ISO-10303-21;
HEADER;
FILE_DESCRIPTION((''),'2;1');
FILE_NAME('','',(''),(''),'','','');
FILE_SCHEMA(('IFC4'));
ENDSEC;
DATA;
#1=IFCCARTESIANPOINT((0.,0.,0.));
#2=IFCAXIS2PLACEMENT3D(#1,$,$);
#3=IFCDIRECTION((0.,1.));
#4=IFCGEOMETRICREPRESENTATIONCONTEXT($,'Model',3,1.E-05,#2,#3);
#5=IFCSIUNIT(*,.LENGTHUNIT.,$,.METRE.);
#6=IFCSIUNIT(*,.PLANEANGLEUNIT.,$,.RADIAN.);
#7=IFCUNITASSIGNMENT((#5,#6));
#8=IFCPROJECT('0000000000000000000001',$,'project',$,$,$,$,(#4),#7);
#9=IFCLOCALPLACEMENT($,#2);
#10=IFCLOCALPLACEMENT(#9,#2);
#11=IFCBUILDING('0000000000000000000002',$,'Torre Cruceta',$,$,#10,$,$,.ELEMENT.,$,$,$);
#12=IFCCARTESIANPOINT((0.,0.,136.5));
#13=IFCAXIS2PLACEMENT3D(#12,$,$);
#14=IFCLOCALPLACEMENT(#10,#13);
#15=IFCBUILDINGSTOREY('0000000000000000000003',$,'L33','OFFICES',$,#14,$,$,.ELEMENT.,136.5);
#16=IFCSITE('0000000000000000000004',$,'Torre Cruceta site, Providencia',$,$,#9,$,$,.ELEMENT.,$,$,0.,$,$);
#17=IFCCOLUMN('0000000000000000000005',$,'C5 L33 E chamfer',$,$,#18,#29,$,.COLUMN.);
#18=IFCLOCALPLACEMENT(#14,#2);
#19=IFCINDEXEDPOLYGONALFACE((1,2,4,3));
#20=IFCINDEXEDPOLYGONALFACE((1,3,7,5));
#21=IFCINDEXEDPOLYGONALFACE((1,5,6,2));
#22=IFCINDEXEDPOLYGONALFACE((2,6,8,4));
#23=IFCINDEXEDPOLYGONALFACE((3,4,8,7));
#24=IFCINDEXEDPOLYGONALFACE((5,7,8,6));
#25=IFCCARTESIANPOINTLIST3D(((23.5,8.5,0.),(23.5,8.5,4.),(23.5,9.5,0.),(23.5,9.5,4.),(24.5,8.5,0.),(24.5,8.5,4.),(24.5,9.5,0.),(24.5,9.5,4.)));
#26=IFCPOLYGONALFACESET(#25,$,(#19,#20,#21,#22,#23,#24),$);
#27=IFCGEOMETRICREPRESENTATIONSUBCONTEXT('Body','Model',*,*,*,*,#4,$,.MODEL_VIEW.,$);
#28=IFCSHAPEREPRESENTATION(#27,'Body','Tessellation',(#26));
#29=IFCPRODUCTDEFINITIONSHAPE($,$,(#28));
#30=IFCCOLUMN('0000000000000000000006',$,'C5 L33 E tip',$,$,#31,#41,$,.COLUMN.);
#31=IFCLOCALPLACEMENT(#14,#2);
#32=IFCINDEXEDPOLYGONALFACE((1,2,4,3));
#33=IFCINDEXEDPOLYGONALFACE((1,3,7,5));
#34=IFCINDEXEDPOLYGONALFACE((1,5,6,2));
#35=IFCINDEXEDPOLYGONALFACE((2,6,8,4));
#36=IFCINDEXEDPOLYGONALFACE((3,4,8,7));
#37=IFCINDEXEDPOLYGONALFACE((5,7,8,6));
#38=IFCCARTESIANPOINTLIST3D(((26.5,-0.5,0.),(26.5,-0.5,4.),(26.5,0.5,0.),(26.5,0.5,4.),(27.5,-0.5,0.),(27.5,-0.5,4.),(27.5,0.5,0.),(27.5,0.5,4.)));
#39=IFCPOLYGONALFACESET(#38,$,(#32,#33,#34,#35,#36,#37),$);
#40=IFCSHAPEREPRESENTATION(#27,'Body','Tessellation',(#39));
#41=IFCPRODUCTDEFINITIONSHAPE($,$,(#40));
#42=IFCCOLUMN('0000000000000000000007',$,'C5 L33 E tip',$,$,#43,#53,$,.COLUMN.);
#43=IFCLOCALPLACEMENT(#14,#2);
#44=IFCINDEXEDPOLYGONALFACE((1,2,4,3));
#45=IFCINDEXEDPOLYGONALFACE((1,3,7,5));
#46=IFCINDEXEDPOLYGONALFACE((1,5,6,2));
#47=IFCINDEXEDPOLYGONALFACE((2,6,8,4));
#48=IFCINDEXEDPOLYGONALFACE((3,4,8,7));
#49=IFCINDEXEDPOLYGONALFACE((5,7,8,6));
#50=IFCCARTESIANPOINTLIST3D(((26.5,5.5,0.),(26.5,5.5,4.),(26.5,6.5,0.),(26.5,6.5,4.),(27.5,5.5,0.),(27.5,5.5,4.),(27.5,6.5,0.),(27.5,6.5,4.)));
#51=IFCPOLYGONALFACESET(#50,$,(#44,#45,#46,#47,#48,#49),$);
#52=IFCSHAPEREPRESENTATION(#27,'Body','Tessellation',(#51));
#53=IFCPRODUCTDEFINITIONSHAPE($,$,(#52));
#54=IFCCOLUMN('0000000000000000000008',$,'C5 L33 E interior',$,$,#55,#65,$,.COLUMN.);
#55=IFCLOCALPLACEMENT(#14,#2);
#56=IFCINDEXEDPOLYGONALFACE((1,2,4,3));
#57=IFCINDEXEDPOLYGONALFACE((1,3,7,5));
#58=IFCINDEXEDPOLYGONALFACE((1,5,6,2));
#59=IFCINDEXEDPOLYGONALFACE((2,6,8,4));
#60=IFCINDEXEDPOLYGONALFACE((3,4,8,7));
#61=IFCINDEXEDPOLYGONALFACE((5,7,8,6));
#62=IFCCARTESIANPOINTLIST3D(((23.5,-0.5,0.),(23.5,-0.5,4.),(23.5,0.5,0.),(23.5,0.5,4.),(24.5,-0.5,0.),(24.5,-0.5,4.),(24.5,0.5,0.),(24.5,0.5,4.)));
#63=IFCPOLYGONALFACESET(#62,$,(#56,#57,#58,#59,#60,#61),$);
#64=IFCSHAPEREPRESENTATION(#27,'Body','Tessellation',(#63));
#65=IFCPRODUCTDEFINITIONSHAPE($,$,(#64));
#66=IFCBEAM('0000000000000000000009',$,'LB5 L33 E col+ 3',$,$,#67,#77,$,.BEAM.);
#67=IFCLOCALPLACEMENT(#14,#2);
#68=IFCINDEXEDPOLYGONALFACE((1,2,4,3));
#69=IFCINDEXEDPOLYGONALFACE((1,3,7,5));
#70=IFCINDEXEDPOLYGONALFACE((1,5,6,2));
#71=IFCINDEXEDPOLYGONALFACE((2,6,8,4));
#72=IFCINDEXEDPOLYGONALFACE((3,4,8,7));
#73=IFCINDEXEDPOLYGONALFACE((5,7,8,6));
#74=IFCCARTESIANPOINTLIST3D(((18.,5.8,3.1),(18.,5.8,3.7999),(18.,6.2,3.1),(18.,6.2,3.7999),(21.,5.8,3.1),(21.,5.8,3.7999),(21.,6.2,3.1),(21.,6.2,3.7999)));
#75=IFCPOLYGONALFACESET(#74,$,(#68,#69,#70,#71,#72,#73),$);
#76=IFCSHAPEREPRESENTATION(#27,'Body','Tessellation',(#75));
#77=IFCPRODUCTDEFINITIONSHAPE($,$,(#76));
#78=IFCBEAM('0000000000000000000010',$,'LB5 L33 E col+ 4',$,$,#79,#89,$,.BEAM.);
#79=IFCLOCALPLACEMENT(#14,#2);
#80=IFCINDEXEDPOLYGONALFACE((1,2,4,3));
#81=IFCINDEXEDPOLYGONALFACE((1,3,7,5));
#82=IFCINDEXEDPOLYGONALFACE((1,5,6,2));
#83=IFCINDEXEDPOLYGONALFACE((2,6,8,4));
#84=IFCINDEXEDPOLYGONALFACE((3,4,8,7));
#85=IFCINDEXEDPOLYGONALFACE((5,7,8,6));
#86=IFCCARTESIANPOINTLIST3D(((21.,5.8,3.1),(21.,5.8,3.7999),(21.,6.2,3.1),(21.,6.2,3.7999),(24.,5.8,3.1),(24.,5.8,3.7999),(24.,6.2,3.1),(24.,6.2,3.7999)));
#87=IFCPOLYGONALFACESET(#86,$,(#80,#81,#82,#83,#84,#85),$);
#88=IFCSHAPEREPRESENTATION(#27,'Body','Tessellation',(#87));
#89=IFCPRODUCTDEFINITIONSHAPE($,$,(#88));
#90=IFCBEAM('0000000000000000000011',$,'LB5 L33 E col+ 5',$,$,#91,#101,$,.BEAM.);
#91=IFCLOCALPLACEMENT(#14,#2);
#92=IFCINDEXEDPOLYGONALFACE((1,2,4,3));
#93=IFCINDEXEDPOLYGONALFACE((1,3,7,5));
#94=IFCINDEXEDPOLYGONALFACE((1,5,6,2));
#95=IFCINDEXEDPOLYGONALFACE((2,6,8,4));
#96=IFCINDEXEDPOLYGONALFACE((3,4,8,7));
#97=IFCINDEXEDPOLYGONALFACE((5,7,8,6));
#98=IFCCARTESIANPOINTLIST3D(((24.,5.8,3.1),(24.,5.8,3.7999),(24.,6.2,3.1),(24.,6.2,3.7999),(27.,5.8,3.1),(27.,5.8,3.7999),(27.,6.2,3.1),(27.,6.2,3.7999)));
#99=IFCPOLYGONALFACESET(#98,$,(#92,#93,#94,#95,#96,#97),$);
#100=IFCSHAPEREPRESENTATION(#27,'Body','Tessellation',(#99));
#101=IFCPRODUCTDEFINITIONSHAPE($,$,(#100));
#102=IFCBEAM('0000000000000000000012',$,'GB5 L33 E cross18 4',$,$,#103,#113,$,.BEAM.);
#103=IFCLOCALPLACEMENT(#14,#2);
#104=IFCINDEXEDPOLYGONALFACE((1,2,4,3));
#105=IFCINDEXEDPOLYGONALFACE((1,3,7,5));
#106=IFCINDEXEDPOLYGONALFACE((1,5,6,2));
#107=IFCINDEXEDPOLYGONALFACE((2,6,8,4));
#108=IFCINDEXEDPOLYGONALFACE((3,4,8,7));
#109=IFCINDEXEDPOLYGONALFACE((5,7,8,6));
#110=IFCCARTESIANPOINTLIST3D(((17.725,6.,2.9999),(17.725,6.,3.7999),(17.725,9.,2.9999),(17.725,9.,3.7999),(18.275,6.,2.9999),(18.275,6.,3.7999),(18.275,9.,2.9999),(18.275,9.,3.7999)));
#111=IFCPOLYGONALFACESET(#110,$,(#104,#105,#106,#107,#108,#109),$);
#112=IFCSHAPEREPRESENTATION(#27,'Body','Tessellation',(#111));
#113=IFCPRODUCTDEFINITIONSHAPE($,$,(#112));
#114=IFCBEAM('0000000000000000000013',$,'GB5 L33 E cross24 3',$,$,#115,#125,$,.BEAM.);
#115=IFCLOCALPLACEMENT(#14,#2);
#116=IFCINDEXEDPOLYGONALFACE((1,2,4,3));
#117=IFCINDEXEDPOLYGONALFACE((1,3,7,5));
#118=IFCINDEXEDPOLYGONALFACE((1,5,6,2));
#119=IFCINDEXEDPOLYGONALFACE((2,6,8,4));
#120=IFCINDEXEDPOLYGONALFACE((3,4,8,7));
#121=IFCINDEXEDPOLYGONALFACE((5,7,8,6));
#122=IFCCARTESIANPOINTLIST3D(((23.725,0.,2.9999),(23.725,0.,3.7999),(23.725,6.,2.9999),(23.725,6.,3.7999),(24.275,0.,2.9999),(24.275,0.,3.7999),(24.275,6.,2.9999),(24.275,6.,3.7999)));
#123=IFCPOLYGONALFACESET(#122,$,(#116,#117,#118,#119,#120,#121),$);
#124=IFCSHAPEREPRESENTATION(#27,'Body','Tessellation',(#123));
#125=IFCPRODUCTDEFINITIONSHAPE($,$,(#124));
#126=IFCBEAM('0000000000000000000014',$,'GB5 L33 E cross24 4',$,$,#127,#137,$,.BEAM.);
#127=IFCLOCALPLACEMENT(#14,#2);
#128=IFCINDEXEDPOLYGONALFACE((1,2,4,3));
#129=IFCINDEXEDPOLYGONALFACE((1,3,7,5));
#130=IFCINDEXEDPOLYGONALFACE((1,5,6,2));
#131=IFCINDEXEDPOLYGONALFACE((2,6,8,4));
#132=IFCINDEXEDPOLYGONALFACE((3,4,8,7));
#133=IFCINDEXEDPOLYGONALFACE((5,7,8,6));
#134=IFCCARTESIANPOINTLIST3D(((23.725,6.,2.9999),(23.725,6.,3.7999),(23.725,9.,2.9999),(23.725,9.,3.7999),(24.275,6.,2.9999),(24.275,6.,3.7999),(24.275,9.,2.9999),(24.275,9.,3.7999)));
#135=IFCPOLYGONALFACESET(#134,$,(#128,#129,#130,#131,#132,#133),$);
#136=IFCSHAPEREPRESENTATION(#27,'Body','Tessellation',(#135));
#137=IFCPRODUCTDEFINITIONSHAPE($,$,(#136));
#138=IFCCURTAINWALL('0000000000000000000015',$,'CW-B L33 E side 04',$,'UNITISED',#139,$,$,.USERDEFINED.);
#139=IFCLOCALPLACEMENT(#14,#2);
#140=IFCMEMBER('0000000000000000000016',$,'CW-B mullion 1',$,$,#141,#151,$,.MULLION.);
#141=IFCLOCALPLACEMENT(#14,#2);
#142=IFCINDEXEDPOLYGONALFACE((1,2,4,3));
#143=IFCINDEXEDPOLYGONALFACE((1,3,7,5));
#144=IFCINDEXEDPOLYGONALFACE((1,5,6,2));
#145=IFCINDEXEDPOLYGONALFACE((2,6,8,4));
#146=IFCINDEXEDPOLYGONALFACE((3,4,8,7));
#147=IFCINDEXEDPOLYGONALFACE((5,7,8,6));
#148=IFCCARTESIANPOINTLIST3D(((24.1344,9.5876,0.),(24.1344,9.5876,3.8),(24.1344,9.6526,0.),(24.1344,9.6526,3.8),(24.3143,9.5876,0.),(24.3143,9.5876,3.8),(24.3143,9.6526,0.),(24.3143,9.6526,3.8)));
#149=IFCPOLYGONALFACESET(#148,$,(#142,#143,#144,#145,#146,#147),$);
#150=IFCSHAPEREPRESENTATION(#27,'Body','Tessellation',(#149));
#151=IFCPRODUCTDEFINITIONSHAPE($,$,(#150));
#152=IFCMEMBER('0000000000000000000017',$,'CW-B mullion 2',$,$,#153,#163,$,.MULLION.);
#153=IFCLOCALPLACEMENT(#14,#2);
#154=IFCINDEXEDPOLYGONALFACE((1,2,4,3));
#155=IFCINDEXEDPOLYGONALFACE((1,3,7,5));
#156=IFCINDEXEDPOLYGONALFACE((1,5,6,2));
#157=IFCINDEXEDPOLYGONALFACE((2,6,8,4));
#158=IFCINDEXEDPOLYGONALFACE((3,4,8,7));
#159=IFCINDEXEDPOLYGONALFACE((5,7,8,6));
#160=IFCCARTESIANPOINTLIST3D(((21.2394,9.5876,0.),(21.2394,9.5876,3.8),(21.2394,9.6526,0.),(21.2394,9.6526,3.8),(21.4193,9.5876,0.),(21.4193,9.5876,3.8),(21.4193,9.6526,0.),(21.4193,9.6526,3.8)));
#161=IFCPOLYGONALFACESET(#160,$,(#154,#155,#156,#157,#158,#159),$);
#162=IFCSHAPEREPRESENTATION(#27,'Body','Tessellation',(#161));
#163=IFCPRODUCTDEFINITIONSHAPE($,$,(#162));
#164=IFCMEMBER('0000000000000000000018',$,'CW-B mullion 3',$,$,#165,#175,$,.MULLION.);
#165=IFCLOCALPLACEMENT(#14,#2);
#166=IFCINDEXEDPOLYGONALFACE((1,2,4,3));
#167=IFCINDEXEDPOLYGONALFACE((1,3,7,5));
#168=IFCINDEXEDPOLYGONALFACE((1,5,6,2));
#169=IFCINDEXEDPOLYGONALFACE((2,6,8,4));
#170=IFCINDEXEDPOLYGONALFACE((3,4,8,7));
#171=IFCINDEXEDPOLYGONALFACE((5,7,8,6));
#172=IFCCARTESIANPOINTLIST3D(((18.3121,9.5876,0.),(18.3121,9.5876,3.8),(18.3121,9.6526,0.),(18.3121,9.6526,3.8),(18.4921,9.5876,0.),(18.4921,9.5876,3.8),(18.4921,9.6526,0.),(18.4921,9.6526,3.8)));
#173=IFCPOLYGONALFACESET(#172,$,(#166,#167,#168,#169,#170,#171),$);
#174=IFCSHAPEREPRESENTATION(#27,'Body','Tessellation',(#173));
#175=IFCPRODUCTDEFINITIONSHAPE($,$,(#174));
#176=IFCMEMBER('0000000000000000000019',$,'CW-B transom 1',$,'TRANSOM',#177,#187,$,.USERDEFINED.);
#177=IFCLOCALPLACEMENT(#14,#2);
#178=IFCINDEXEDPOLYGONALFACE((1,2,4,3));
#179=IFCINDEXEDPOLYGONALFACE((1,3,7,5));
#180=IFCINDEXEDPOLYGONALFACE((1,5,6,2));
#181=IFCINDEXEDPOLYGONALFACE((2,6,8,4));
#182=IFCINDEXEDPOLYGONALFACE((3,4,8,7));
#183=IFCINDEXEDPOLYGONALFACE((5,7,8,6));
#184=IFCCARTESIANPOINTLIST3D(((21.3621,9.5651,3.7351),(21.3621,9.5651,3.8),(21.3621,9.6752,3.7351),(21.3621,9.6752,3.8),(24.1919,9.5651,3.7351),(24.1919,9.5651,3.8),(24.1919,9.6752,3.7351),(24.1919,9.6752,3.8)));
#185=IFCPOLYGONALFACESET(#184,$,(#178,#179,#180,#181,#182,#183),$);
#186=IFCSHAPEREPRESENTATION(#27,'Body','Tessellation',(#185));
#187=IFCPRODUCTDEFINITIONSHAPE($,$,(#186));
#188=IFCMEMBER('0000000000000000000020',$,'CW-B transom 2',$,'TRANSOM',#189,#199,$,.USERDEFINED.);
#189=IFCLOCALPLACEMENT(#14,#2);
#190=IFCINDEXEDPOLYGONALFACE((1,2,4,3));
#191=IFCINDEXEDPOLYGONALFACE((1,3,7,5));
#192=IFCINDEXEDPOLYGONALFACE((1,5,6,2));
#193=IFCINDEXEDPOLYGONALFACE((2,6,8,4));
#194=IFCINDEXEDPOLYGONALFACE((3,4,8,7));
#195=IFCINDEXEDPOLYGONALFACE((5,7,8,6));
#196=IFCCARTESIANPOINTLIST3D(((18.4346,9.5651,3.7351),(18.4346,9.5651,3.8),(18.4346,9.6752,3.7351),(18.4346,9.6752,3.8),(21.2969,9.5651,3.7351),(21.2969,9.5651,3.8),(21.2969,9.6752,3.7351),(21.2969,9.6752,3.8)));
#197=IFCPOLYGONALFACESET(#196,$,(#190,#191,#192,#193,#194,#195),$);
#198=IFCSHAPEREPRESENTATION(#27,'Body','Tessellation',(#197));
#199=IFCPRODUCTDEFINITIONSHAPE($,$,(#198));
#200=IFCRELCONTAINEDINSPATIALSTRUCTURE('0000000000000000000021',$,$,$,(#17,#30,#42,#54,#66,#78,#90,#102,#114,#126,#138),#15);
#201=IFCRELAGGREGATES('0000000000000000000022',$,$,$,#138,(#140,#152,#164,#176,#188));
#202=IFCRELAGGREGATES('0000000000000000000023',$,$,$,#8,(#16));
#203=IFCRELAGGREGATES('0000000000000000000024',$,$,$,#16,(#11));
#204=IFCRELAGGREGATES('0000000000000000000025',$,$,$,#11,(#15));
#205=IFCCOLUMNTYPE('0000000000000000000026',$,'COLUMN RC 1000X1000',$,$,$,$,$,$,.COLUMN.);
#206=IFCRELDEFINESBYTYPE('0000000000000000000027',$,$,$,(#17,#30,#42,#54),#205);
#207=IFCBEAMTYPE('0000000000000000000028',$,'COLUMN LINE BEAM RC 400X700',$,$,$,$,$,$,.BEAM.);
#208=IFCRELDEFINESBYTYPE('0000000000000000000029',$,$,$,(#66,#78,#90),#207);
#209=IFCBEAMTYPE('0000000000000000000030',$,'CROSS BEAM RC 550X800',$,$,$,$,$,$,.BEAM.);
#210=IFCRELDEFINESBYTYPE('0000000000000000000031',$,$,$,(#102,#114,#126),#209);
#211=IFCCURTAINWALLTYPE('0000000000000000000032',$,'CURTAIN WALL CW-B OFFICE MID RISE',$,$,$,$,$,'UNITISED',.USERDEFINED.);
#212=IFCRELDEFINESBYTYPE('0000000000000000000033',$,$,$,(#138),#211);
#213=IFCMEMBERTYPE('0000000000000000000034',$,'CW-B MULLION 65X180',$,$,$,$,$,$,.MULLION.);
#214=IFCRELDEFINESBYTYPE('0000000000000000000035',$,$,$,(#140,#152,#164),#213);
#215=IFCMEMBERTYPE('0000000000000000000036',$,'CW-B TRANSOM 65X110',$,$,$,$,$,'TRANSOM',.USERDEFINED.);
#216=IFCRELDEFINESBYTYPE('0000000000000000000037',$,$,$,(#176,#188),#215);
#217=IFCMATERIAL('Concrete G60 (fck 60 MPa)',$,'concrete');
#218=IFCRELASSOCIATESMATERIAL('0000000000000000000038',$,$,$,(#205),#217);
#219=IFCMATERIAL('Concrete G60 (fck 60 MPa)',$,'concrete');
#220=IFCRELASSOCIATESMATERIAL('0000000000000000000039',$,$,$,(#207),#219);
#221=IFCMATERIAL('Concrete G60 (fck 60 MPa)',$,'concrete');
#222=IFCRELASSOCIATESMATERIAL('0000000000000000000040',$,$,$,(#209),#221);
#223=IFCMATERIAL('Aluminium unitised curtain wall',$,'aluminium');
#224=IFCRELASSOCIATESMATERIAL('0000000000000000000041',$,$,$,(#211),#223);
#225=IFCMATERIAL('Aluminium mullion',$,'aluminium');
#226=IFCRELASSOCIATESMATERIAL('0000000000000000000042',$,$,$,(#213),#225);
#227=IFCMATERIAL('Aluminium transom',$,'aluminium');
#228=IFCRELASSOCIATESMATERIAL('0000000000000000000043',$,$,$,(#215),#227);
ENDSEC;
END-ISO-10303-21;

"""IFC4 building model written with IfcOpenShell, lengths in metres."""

from ifc_helpers import new_model, si_unit, direction, frame, origin, origin_2d, place, context, subcontext, project, spatial, rectangle, extrude, material, material_profile, profile_set, type_object, element, aggregate, save


model = new_model("IFC4")

# Units and contexts
model_context = context("Model", 3, precision=1e-05, world=origin(), true_north=direction((0.0, 1.0)))
body_context = subcontext(model_context, "Body", "Model", "MODEL_VIEW")
ifc_project = project(units=[si_unit("LENGTHUNIT", "METRE"), si_unit("PLANEANGLEUNIT", "RADIAN")], contexts=[model_context])

# Site, building, storey
site_placement = place(None, origin())
site = spatial("IfcSite", under=ifc_project, at=site_placement, Name="Torre Cruceta site, Providencia", CompositionType="ELEMENT", RefElevation=0.0)
building_placement = place(site_placement, origin())
building = spatial("IfcBuilding", under=site, at=building_placement, Name="Torre Cruceta", CompositionType="ELEMENT")
storey_placement = place(building_placement, frame((0.0, 0.0, 136.5)))
storey = spatial("IfcBuildingStorey", under=building, at=storey_placement, Name="L33", Description="OFFICES", CompositionType="ELEMENT", Elevation=136.5)

# Columns
ifc_material_1 = material(Name="Concrete G60 (fck 60 MPa)", Category="concrete")
ifc_material_profile_1 = material_profile(ifc_material_1, rectangle(XDim=1.0, YDim=1.0, at=origin_2d()), Name="RC 1000X1000")
ifc_profile_set_1 = profile_set([ifc_material_profile_1], Name="Concrete G60 (fck 60 MPa)")
column_type = type_object("IfcColumnType", Name="COLUMN RC 1000X1000", PredefinedType="COLUMN", material=ifc_profile_set_1)
for number, where, z_axis, x_axis, name in (
    (1, (24.0, 9.0, 0.0), (0.0, 0.0, 1.0), (1.0, 0.0, 0.0), "C5 L33 E chamfer"),
    (2, (27.0, 0.0, 0.0), (0.0, 0.0, 1.0), (1.0, 0.0, 0.0), "C5 L33 E tip"),
    (3, (27.0, 6.0, 0.0), (0.0, 0.0, 1.0), (1.0, 0.0, 0.0), "C5 L33 E tip"),
    (4, (24.0, 0.0, 0.0), (0.0, 0.0, 1.0), (1.0, 0.0, 0.0), "C5 L33 E interior"),
):
    element("IfcColumn", number, at=place(storey_placement, frame(where, z_axis=z_axis, x_axis=x_axis)), inside=storey, type_object=column_type, Name=name, PredefinedType="COLUMN", context=body_context, shape_type="SweptSolid", body=[
        extrude(rectangle(XDim=1.0, YDim=1.0, at=origin_2d()), origin(), (0.0, 0.0, 1.0), 4.0),
    ])

# Beams
ifc_material_2 = material(Name="Concrete G60 (fck 60 MPa)", Category="concrete")
ifc_material_profile_2 = material_profile(ifc_material_2, rectangle(XDim=0.3999, YDim=0.7, at=origin_2d()), Name="RC 400X700")
ifc_profile_set_2 = profile_set([ifc_material_profile_2], Name="Concrete G60 (fck 60 MPa)")
beam_type_1 = type_object("IfcBeamType", Name="COLUMN LINE BEAM RC 400X700", PredefinedType="BEAM", material=ifc_profile_set_2)
for number, where, z_axis, x_axis, name in (
    (5, (18.0, 6.0, 3.45), (1.0, 0.0, 0.0), (0.0, 1.0, 0.0), "LB5 L33 E col+ 3"),
    (6, (21.0, 6.0, 3.45), (1.0, 0.0, 0.0), (0.0, 1.0, 0.0), "LB5 L33 E col+ 4"),
    (7, (24.0, 6.0, 3.45), (1.0, 0.0, 0.0), (0.0, 1.0, 0.0), "LB5 L33 E col+ 5"),
):
    element("IfcBeam", number, at=place(storey_placement, frame(where, z_axis=z_axis, x_axis=x_axis)), inside=storey, type_object=beam_type_1, Name=name, PredefinedType="BEAM", context=body_context, shape_type="SweptSolid", body=[
        extrude(rectangle(XDim=0.3999, YDim=0.7, at=origin_2d()), origin(), (0.0, 0.0, 1.0), 3.0),
    ])
ifc_material_3 = material(Name="Concrete G60 (fck 60 MPa)", Category="concrete")
ifc_material_profile_3 = material_profile(ifc_material_3, rectangle(XDim=0.55, YDim=0.8, at=origin_2d()), Name="RC 550X800")
ifc_profile_set_3 = profile_set([ifc_material_profile_3], Name="Concrete G60 (fck 60 MPa)")
beam_type_2 = type_object("IfcBeamType", Name="CROSS BEAM RC 550X800", PredefinedType="BEAM", material=ifc_profile_set_3)
beam_1_placement = place(storey_placement, frame((18.0, 6.0, 3.3999), z_axis=(0.0, 1.0, 0.0), x_axis=(-1.0, 0.0, 0.0)))
element("IfcBeam", 8, at=beam_1_placement, inside=storey, type_object=beam_type_2, Name="GB5 L33 E cross18 4", PredefinedType="BEAM", context=body_context, shape_type="SweptSolid", body=[
    extrude(rectangle(XDim=0.55, YDim=0.8, at=origin_2d()), origin(), (0.0, 0.0, 1.0), 3.0),
])
beam_2_placement = place(storey_placement, frame((24.0, 0.0, 3.3999), z_axis=(0.0, 1.0, 0.0), x_axis=(-1.0, 0.0, 0.0)))
element("IfcBeam", 9, at=beam_2_placement, inside=storey, type_object=beam_type_2, Name="GB5 L33 E cross24 3", PredefinedType="BEAM", context=body_context, shape_type="SweptSolid", body=[
    extrude(rectangle(XDim=0.55, YDim=0.8, at=origin_2d()), origin(), (0.0, 0.0, 1.0), 6.0),
])
beam_3_placement = place(storey_placement, frame((24.0, 6.0, 3.3999), z_axis=(0.0, 1.0, 0.0), x_axis=(-1.0, 0.0, 0.0)))
element("IfcBeam", 10, at=beam_3_placement, inside=storey, type_object=beam_type_2, Name="GB5 L33 E cross24 4", PredefinedType="BEAM", context=body_context, shape_type="SweptSolid", body=[
    extrude(rectangle(XDim=0.55, YDim=0.8, at=origin_2d()), origin(), (0.0, 0.0, 1.0), 3.0),
])

# Curtain wall, members
ifc_material_4 = material(Name="Aluminium unitised curtain wall", Category="aluminium")
curtain_wall_type = type_object("IfcCurtainWallType", Name="CURTAIN WALL CW-B OFFICE MID RISE", ElementType="UNITISED", PredefinedType="USERDEFINED", material=ifc_material_4)
curtain_wall_placement = place(storey_placement, origin())
curtain_wall = element("IfcCurtainWall", 11, at=curtain_wall_placement, inside=storey, type_object=curtain_wall_type, Name="CW-B L33 E side 04", ObjectType="UNITISED", PredefinedType="USERDEFINED")
ifc_material_5 = material(Name="Aluminium mullion", Category="aluminium")
ifc_material_profile_4 = material_profile(ifc_material_5, rectangle(XDim=0.0649, YDim=0.1799, at=origin_2d()), Name="AL 65X180")
ifc_profile_set_4 = profile_set([ifc_material_profile_4], Name="Aluminium mullion")
member_type_1 = type_object("IfcMemberType", Name="CW-B MULLION 65X180", PredefinedType="MULLION", material=ifc_profile_set_4)
member_1_placement = place(storey_placement, frame((24.2244, 9.6201, 0.0), z_axis=(0.0, 0.0, 1.0), x_axis=(0.0, -1.0, 0.0)))
member_1 = element("IfcMember", 12, at=member_1_placement, type_object=member_type_1, Name="CW-B mullion 1", PredefinedType="MULLION", context=body_context, shape_type="SweptSolid", body=[
    extrude(rectangle(XDim=0.0649, YDim=0.1799, at=origin_2d()), origin(), (0.0, 0.0, 1.0), 3.8),
])
member_2_placement = place(storey_placement, frame((21.3293, 9.6201, 0.0), z_axis=(0.0, 0.0, 1.0), x_axis=(0.0, -1.0, 0.0)))
member_2 = element("IfcMember", 13, at=member_2_placement, type_object=member_type_1, Name="CW-B mullion 2", PredefinedType="MULLION", context=body_context, shape_type="SweptSolid", body=[
    extrude(rectangle(XDim=0.0649, YDim=0.1799, at=origin_2d()), origin(), (0.0, 0.0, 1.0), 3.8),
])
member_3_placement = place(storey_placement, frame((18.4021, 9.6201, 0.0), z_axis=(0.0, 0.0, 1.0), x_axis=(0.0, -1.0, 0.0)))
member_3 = element("IfcMember", 14, at=member_3_placement, type_object=member_type_1, Name="CW-B mullion 3", PredefinedType="MULLION", context=body_context, shape_type="SweptSolid", body=[
    extrude(rectangle(XDim=0.0649, YDim=0.1799, at=origin_2d()), origin(), (0.0, 0.0, 1.0), 3.8),
])
ifc_material_6 = material(Name="Aluminium transom", Category="aluminium")
ifc_material_profile_5 = material_profile(ifc_material_6, rectangle(XDim=0.1101, YDim=0.0649, at=origin_2d()), Name="AL 110X65")
ifc_profile_set_5 = profile_set([ifc_material_profile_5], Name="Aluminium transom")
member_type_2 = type_object("IfcMemberType", Name="CW-B TRANSOM 65X110", ElementType="TRANSOM", PredefinedType="USERDEFINED", material=ifc_profile_set_5)
member_4_placement = place(storey_placement, frame((24.1919, 9.6201, 3.7676), z_axis=(-1.0, 0.0, 0.0), x_axis=(0.0, -1.0, 0.0)))
member_4 = element("IfcMember", 15, at=member_4_placement, type_object=member_type_2, Name="CW-B transom 1", ObjectType="TRANSOM", PredefinedType="USERDEFINED", context=body_context, shape_type="SweptSolid", body=[
    extrude(rectangle(XDim=0.1101, YDim=0.0649, at=origin_2d()), origin(), (0.0, 0.0, 1.0), 2.8298),
])
member_5_placement = place(storey_placement, frame((21.2969, 9.6201, 3.7676), z_axis=(-1.0, 0.0, 0.0), x_axis=(0.0, -1.0, 0.0)))
member_5 = element("IfcMember", 16, at=member_5_placement, type_object=member_type_2, Name="CW-B transom 2", ObjectType="TRANSOM", PredefinedType="USERDEFINED", context=body_context, shape_type="SweptSolid", body=[
    extrude(rectangle(XDim=0.1101, YDim=0.0649, at=origin_2d()), origin(), (0.0, 0.0, 1.0), 2.8623),
])

aggregate(curtain_wall, [member_1, member_2, member_3, member_4, member_5])

save(model, "model.ifc")
